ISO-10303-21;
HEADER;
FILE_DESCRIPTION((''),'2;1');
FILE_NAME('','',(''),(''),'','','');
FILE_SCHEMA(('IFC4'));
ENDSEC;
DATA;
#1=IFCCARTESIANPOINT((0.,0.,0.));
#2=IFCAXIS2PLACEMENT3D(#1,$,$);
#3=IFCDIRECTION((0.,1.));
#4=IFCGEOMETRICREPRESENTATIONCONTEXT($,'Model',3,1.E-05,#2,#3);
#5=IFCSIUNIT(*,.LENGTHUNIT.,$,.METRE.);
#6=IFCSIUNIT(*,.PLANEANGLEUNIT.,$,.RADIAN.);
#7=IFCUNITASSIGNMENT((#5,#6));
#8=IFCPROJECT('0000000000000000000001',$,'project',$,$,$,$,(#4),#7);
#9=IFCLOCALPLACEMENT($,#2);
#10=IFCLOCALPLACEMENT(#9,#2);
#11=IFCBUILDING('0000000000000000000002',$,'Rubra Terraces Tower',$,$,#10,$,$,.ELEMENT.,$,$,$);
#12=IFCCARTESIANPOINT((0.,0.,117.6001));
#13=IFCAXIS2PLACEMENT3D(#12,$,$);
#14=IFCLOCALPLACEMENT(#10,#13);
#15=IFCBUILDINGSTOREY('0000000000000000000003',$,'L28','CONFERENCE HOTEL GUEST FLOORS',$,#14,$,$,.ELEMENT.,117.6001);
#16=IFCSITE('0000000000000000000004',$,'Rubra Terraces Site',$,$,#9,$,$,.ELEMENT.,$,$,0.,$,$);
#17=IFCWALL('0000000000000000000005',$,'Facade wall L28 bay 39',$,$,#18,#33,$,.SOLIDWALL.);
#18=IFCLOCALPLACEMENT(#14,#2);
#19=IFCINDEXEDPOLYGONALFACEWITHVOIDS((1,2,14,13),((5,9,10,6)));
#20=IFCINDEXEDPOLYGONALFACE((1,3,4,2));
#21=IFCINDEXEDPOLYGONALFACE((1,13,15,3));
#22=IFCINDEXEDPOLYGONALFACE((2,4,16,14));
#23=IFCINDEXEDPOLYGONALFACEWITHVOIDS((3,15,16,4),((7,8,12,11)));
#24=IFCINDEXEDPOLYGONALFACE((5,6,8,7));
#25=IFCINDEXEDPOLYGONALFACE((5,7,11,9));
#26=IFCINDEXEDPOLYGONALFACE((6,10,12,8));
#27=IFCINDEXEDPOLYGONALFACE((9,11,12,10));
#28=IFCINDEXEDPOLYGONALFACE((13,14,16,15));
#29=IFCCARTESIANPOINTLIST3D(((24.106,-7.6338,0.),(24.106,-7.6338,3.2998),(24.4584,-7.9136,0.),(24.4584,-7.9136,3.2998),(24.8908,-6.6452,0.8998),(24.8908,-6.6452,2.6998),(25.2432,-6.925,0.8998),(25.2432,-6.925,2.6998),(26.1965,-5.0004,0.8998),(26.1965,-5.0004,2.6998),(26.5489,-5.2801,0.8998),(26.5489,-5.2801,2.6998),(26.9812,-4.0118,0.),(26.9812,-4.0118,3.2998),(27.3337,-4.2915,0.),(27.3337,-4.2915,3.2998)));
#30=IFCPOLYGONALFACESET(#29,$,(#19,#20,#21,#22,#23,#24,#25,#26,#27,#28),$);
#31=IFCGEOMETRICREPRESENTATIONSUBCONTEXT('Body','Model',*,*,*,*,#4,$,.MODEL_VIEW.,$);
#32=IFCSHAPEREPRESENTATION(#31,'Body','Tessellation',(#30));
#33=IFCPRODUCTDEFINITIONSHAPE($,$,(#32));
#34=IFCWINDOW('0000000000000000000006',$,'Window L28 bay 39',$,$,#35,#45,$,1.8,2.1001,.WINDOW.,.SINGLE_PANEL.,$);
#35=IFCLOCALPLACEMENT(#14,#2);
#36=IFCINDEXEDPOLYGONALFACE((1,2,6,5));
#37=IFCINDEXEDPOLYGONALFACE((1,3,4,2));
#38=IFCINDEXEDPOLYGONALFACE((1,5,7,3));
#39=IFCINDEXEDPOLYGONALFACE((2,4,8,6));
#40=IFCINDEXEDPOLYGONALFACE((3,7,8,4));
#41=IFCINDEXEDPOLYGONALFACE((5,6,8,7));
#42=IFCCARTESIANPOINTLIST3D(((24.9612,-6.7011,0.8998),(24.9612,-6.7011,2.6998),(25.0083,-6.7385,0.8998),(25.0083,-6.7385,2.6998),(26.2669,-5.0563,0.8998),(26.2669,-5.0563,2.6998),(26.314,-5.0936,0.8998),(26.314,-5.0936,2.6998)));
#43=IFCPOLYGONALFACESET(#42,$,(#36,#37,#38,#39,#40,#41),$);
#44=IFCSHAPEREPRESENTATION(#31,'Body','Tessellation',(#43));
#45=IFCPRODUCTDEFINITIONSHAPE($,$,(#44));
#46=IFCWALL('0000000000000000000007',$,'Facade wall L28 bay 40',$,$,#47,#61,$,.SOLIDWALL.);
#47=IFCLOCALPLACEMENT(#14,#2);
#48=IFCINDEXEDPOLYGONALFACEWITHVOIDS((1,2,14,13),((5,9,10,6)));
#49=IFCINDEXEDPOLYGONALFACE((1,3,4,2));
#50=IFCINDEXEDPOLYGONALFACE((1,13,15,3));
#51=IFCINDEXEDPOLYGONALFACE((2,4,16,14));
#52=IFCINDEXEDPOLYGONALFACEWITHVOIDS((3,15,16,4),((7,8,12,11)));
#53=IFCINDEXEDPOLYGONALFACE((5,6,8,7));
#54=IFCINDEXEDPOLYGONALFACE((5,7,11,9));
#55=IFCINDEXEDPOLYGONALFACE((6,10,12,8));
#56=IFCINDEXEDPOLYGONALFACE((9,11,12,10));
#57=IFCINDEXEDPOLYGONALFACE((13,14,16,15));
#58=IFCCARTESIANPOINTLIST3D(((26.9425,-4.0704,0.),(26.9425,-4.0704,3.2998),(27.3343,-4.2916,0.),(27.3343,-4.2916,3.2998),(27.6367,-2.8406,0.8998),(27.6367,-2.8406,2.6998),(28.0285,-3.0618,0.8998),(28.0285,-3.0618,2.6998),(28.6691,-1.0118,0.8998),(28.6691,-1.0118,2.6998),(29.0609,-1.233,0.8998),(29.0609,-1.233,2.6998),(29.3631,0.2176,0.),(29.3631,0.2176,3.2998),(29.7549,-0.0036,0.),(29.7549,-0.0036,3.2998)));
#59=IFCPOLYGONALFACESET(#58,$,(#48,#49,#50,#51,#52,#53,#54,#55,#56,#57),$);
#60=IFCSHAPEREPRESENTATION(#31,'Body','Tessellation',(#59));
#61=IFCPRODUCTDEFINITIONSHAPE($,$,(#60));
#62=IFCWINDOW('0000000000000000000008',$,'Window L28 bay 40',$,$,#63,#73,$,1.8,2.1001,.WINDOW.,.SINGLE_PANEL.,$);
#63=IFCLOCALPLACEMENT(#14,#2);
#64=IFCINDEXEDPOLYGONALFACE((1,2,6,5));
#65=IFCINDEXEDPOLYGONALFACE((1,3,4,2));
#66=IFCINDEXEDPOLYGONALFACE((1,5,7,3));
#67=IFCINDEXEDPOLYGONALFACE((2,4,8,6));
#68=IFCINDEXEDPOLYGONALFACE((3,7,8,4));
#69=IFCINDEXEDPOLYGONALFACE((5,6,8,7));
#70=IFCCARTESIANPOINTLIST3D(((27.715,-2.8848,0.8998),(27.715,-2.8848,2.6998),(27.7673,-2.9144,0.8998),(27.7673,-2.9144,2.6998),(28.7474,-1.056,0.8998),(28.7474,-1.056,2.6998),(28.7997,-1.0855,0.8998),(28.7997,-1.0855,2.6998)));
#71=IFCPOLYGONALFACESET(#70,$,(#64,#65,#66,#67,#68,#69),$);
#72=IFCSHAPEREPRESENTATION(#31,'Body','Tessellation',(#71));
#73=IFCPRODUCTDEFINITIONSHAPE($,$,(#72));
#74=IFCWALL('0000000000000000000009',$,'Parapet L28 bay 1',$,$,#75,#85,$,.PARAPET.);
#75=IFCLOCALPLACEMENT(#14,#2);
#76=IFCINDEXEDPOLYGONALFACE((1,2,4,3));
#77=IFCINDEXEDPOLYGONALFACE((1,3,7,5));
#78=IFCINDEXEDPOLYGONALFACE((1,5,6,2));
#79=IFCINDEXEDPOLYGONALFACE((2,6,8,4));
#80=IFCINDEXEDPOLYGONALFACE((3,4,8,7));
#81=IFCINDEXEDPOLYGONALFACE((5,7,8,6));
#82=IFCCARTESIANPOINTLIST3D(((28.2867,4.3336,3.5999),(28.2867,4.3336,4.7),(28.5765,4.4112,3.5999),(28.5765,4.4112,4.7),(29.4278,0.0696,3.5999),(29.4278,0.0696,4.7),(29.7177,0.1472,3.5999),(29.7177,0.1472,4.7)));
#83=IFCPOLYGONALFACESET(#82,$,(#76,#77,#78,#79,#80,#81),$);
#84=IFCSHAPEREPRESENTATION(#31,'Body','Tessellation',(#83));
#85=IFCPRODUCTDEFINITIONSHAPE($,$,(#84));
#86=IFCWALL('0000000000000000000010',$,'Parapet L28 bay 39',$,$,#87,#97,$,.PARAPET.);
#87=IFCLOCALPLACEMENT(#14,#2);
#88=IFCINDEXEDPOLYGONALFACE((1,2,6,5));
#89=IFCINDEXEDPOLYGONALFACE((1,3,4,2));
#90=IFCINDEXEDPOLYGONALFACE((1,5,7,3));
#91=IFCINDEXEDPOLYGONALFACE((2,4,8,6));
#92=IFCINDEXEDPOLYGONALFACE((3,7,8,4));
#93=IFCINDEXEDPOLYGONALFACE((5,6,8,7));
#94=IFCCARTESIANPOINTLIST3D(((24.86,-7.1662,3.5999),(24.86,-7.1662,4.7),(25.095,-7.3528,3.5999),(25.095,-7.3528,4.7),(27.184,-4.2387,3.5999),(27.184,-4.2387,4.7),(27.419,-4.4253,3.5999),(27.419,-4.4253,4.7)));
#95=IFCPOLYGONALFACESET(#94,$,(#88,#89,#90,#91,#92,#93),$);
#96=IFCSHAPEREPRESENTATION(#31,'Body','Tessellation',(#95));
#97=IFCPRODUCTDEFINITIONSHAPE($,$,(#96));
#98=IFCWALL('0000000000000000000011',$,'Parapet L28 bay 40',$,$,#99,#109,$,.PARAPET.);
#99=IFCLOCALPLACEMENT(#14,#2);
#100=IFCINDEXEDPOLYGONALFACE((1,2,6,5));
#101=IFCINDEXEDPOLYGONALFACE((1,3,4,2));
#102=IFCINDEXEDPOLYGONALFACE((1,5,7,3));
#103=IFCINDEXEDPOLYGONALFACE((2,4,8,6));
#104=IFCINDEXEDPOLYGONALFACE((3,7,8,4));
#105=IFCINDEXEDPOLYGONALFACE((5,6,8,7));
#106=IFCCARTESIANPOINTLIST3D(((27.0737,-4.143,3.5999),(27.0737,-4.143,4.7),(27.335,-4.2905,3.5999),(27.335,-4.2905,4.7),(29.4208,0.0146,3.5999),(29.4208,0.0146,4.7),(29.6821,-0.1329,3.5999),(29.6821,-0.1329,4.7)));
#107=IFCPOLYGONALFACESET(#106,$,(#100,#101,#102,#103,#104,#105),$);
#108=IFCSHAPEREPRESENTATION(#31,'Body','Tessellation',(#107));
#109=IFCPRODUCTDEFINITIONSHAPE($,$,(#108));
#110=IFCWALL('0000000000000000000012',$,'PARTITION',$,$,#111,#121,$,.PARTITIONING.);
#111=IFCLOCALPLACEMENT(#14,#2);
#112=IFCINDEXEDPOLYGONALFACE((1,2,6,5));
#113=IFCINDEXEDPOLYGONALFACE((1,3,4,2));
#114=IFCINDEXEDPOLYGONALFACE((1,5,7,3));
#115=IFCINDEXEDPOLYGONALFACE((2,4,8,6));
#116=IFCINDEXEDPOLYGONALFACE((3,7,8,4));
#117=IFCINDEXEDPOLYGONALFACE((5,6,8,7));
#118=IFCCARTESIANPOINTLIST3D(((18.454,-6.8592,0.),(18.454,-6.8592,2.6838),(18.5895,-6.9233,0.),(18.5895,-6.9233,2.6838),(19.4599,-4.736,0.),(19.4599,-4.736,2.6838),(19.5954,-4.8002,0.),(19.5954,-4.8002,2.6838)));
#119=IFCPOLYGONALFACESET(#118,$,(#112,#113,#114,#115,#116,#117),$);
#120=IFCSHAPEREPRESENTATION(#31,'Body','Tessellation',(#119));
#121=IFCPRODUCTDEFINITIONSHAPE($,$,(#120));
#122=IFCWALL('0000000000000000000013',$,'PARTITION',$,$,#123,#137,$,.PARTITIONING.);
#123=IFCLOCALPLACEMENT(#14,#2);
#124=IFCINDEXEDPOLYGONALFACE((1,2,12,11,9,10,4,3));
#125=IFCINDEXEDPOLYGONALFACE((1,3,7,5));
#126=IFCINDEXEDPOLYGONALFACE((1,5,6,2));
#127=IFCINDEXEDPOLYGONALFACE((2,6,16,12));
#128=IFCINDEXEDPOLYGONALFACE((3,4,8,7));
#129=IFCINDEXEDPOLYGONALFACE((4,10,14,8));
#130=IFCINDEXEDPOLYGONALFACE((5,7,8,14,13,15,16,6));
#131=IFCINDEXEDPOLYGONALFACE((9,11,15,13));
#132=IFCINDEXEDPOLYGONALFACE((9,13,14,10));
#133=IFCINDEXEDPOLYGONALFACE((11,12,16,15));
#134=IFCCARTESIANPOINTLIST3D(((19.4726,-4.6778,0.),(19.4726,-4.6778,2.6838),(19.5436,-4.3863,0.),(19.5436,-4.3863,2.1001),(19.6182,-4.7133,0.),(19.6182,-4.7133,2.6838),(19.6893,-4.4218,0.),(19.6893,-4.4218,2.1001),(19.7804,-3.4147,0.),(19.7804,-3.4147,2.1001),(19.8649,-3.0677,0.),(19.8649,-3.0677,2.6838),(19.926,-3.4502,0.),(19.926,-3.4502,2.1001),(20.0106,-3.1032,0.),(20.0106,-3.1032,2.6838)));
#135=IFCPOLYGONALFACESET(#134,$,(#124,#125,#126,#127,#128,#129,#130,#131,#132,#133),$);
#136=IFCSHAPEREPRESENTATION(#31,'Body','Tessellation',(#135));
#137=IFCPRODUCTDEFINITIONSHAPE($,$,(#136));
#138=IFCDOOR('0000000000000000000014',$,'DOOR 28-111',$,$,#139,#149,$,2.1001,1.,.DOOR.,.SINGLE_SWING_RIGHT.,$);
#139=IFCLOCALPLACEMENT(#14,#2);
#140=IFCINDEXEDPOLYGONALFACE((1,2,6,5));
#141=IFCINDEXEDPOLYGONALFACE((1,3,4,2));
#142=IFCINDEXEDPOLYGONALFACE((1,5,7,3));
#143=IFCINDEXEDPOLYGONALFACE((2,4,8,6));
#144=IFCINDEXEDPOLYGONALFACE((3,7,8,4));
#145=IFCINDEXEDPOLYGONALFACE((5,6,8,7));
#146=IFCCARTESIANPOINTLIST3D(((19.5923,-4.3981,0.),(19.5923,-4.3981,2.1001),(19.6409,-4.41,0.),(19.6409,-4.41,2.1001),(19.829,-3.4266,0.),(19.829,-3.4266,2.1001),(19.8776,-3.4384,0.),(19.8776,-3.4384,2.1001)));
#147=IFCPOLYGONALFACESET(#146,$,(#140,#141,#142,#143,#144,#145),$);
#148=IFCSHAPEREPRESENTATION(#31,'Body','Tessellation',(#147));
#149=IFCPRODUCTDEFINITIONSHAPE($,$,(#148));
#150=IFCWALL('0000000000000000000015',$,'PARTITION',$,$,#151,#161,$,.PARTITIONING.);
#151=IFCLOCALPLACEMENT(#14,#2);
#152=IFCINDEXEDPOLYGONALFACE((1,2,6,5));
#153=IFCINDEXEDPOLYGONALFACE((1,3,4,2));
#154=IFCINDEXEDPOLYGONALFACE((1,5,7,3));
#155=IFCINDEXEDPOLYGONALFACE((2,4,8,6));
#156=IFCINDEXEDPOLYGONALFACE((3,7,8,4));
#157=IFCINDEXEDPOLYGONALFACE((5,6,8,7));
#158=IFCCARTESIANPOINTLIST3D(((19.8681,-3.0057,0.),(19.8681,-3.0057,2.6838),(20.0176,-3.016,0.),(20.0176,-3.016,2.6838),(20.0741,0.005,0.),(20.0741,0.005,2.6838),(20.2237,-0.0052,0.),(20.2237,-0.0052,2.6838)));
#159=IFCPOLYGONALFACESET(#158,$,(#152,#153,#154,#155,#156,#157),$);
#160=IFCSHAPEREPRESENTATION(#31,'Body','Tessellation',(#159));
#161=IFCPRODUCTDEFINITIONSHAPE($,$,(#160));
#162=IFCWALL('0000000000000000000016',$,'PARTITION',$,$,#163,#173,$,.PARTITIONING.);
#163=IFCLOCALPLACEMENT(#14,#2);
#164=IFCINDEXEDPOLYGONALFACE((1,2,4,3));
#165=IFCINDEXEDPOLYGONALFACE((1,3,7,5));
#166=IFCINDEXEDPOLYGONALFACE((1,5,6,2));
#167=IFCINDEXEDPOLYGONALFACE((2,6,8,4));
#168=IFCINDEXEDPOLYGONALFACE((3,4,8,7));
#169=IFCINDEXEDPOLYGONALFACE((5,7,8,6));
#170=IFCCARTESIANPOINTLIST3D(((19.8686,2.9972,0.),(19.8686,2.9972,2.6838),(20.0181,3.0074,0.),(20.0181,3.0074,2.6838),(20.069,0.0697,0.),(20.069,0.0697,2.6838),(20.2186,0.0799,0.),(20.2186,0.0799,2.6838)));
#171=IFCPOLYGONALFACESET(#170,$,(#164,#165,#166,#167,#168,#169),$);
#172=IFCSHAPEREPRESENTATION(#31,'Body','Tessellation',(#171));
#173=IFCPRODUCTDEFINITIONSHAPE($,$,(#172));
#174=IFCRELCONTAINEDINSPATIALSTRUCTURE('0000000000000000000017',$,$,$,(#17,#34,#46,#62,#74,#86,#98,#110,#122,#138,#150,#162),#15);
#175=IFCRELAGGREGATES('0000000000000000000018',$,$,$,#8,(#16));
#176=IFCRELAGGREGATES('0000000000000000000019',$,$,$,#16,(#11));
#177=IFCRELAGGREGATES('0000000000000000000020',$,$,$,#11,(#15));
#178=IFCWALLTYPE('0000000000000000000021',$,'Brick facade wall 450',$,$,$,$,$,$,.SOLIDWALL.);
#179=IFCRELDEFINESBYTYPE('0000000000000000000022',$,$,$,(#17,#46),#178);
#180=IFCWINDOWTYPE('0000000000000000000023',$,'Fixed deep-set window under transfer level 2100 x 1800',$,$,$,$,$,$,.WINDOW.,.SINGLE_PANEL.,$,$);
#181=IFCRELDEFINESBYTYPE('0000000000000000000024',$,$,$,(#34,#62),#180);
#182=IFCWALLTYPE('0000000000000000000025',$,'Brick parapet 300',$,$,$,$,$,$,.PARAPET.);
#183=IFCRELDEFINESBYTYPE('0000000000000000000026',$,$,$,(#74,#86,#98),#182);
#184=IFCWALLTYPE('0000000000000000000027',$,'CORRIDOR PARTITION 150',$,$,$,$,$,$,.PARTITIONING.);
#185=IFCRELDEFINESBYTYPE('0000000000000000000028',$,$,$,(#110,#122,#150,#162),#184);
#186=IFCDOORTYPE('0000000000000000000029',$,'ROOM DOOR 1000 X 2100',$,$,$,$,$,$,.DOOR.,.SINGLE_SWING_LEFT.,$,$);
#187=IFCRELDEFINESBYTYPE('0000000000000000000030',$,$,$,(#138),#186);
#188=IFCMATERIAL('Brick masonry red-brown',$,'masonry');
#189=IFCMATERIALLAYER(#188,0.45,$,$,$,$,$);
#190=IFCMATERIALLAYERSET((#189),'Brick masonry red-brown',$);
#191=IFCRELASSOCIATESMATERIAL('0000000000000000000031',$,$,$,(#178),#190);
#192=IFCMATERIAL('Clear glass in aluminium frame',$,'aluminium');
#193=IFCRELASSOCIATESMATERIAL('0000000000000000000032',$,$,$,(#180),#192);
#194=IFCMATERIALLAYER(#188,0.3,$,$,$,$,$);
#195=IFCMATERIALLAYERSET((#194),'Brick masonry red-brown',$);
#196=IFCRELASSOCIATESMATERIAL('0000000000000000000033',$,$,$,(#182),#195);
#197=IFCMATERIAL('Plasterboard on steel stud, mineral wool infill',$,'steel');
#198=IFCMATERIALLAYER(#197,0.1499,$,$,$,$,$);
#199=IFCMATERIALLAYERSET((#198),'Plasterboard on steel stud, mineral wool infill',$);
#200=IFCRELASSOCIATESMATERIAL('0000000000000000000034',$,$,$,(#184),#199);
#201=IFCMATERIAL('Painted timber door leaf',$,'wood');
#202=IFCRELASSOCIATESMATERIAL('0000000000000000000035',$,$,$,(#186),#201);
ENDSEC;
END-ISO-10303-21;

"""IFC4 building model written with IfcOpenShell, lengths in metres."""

from ifc_helpers import new_model, si_unit, direction, frame, frame_2d, origin, place, context, subcontext, project, spatial, rectangle, extrude, material, layer, layer_set, type_object, element, fill, save


model = new_model("IFC4")

# Units and contexts
model_context = context("Model", 3, precision=1e-05, world=origin(), true_north=direction((0.0, 1.0)))
body_context = subcontext(model_context, "Body", "Model", "MODEL_VIEW")
ifc_project = project(units=[si_unit("LENGTHUNIT", "METRE"), si_unit("PLANEANGLEUNIT", "RADIAN")], contexts=[model_context])

# Site, building, storey
site_placement = place(None, origin())
site = spatial("IfcSite", under=ifc_project, at=site_placement, Name="Rubra Terraces Site", CompositionType="ELEMENT", RefElevation=0.0)
building_placement = place(site_placement, origin())
building = spatial("IfcBuilding", under=site, at=building_placement, Name="Rubra Terraces Tower", CompositionType="ELEMENT")
storey_placement = place(building_placement, frame((0.0, 0.0, 117.6001)))
storey = spatial("IfcBuildingStorey", under=building, at=storey_placement, Name="L28", Description="CONFERENCE HOTEL GUEST FLOORS", CompositionType="ELEMENT", Elevation=117.6001)

# Walls, openings, windows
ifc_material_1 = material(Name="Brick masonry red-brown", Category="masonry")
ifc_layer_1 = layer(ifc_material_1, 0.45)
ifc_layer_set_1 = layer_set([ifc_layer_1], Name="Brick masonry red-brown")
wall_type_1 = type_object("IfcWallType", Name="Brick facade wall 450", PredefinedType="SOLIDWALL", material=ifc_layer_set_1)
ifc_material_2 = material(Name="Clear glass in aluminium frame", Category="aluminium")
window_type = type_object("IfcWindowType", Name="Fixed deep-set window under transfer level 2100 x 1800", PartitioningType="SINGLE_PANEL", PredefinedType="WINDOW", material=ifc_material_2)
wall_1_placement = place(storey_placement, frame((24.2822, -7.7737, 0.0), z_axis=(0.0, 0.0, 1.0), x_axis=(0.621735, 0.783227, 0.0)))
wall_1 = element("IfcWall", 1, at=wall_1_placement, inside=storey, type_object=wall_type_1, Name="Facade wall L28 bay 39", PredefinedType="SOLIDWALL", context=body_context, shape_type="SweptSolid", body=[
    extrude(rectangle(XDim=4.6245, YDim=0.45, at=frame_2d((2.3123, 0.0))), origin(), (0.0, 0.0, 1.0), 3.2998),
])
opening_1_placement = place(wall_1_placement, frame((1.2622, 0.0, 0.8999)))
opening_1 = element("IfcOpeningElement", 2, at=opening_1_placement, cuts=wall_1, PredefinedType="OPENING", context=body_context, shape_type="SweptSolid", body=[
    extrude(rectangle(XDim=2.1001, YDim=1.8, at=frame_2d((1.05, 0.8999))), frame((0.0, 0.2349, 0.0), z_axis=(0.0, -1.0, 0.0), x_axis=(1.0, 0.0, 0.0)), (0.0, 0.0, 1.0), 0.47),
])
window_1_placement = place(opening_1_placement, origin())
window_1 = element("IfcWindow", 3, at=window_1_placement, inside=storey, type_object=window_type, Name="Window L28 bay 39", OverallHeight=1.8, OverallWidth=2.1001, PartitioningType="SINGLE_PANEL", PredefinedType="WINDOW", context=body_context, shape_type="SweptSolid", body=[
    extrude(rectangle(XDim=2.1001, YDim=1.8, at=frame_2d((1.05, 0.8999))), frame((0.0, 0.135, 0.0), z_axis=(0.0, -1.0, 0.0), x_axis=(1.0, 0.0, 0.0)), (0.0, 0.0, 1.0), 0.0601),
])
fill(opening_1, window_1)
wall_2_placement = place(storey_placement, frame((27.1384, -4.1809, 0.0), z_axis=(0.0, 0.0, 1.0), x_axis=(0.491588, 0.870828, 0.0)))
wall_2 = element("IfcWall", 4, at=wall_2_placement, inside=storey, type_object=wall_type_1, Name="Facade wall L28 bay 40", PredefinedType="SOLIDWALL", context=body_context, shape_type="SweptSolid", body=[
    extrude(rectangle(XDim=4.9241, YDim=0.45, at=frame_2d((2.4619, 0.0))), origin(), (0.0, 0.0, 1.0), 3.2998),
])
opening_2_placement = place(wall_2_placement, frame((1.4121, 0.0, 0.8999)))
opening_2 = element("IfcOpeningElement", 5, at=opening_2_placement, cuts=wall_2, PredefinedType="OPENING", context=body_context, shape_type="SweptSolid", body=[
    extrude(rectangle(XDim=2.1001, YDim=1.8, at=frame_2d((1.05, 0.8999))), frame((0.0, 0.2349, 0.0), z_axis=(0.0, -1.0, 0.0), x_axis=(1.0, 0.0, 0.0)), (0.0, 0.0, 1.0), 0.47),
])
window_2_placement = place(opening_2_placement, origin())
window_2 = element("IfcWindow", 6, at=window_2_placement, inside=storey, type_object=window_type, Name="Window L28 bay 40", OverallHeight=1.8, OverallWidth=2.1001, PartitioningType="SINGLE_PANEL", PredefinedType="WINDOW", context=body_context, shape_type="SweptSolid", body=[
    extrude(rectangle(XDim=2.1001, YDim=1.8, at=frame_2d((1.05, 0.8999))), frame((0.0, 0.135, 0.0), z_axis=(0.0, -1.0, 0.0), x_axis=(1.0, 0.0, 0.0)), (0.0, 0.0, 1.0), 0.0601),
])
fill(opening_2, window_2)

# Walls
ifc_layer_2 = layer(ifc_material_1, 0.3)
ifc_layer_set_2 = layer_set([ifc_layer_2], Name="Brick masonry red-brown")
wall_type_2 = type_object("IfcWallType", Name="Brick parapet 300", PredefinedType="PARAPET", material=ifc_layer_set_2)
wall_3_placement = place(storey_placement, frame((29.5728, 0.1084, 3.5999), z_axis=(0.0, 0.0, 1.0), x_axis=(-0.258523, 0.966005, 0.0)))
element("IfcWall", 7, at=wall_3_placement, inside=storey, type_object=wall_type_2, Name="Parapet L28 bay 1", PredefinedType="PARAPET", context=body_context, shape_type="SweptSolid", body=[
    extrude(rectangle(XDim=4.4141, YDim=0.3, at=frame_2d((2.207, 0.0))), origin(), (0.0, 0.0, 1.0), 1.1001),
])
wall_4_placement = place(storey_placement, frame((24.9775, -7.2595, 3.5999), z_axis=(0.0, 0.0, 1.0), x_axis=(0.621751, 0.783215, 0.0)))
element("IfcWall", 8, at=wall_4_placement, inside=storey, type_object=wall_type_2, Name="Parapet L28 bay 39", PredefinedType="PARAPET", context=body_context, shape_type="SweptSolid", body=[
    extrude(rectangle(XDim=3.7378, YDim=0.3, at=frame_2d((1.8689, 0.0))), origin(), (0.0, 0.0, 1.0), 1.1001),
])
wall_5_placement = place(storey_placement, frame((27.2043, -4.2168, 3.5999), z_axis=(0.0, 0.0, 1.0), x_axis=(0.491606, 0.870818, 0.0)))
element("IfcWall", 9, at=wall_5_placement, inside=storey, type_object=wall_type_2, Name="Parapet L28 bay 40", PredefinedType="PARAPET", context=body_context, shape_type="SweptSolid", body=[
    extrude(rectangle(XDim=4.7744, YDim=0.3, at=frame_2d((2.3872, 0.0))), origin(), (0.0, 0.0, 1.0), 1.1001),
])
ifc_material_3 = material(Name="Plasterboard on steel stud, mineral wool infill", Category="steel")
ifc_layer_3 = layer(ifc_material_3, 0.1499)
ifc_layer_set_3 = layer_set([ifc_layer_3], Name="Plasterboard on steel stud, mineral wool infill")
wall_type_3 = type_object("IfcWallType", Name="CORRIDOR PARTITION 150", PredefinedType="PARTITIONING", material=ifc_layer_set_3)
wall_6_placement = place(storey_placement, frame((18.5217, -6.8914, 0.0), z_axis=(0.0, 0.0, 1.0), x_axis=(0.428158, 0.903704, 0.0)))
element("IfcWall", 10, at=wall_6_placement, inside=storey, type_object=wall_type_3, Name="PARTITION", PredefinedType="PARTITIONING", context=body_context, shape_type="SweptSolid", body=[
    extrude(rectangle(XDim=2.3494, YDim=0.1499, at=frame_2d((1.1748, 0.0))), origin(), (0.0, 0.0, 1.0), 2.6838),
])

# Wall, opening, door
wall_7_placement = place(storey_placement, frame((19.5454, -4.6956, 0.0), z_axis=(0.0, 0.0, 1.0), x_axis=(0.236743, 0.971572, 0.0)))
wall_7 = element("IfcWall", 11, at=wall_7_placement, inside=storey, type_object=wall_type_3, Name="PARTITION", PredefinedType="PARTITIONING", context=body_context, shape_type="SweptSolid", body=[
    extrude(rectangle(XDim=1.6572, YDim=0.1499, at=frame_2d((0.8286, 0.0))), origin(), (0.0, 0.0, 1.0), 2.6838),
])
opening_3_placement = place(wall_7_placement, frame((0.3, 0.0, 0.0)))
opening_3 = element("IfcOpeningElement", 12, at=opening_3_placement, cuts=wall_7, PredefinedType="OPENING", context=body_context, shape_type="SweptSolid", body=[
    extrude(rectangle(XDim=1.0, YDim=2.1001, at=frame_2d((0.5, 1.05))), frame((0.0, 0.085, 0.0), z_axis=(0.0, -1.0, 0.0), x_axis=(1.0, 0.0, 0.0)), (0.0, 0.0, 1.0), 0.1699),
])
ifc_material_4 = material(Name="Painted timber door leaf", Category="wood")
door_type_1 = type_object("IfcDoorType", Name="ROOM DOOR 1000 X 2100", OperationType="SINGLE_SWING_LEFT", PredefinedType="DOOR", material=ifc_material_4)
door_1_placement = place(opening_3_placement, origin())
door_1 = element("IfcDoor", 13, at=door_1_placement, inside=storey, type_object=door_type_1, Name="DOOR 28-111", OperationType="SINGLE_SWING_RIGHT", OverallHeight=2.1001, OverallWidth=1.0, PredefinedType="DOOR", context=body_context, shape_type="SweptSolid", body=[
    extrude(rectangle(XDim=1.0, YDim=2.1001, at=frame_2d((0.5, 1.05))), frame((0.0, 0.0249, 0.0), z_axis=(0.0, -1.0, 0.0), x_axis=(1.0, 0.0, 0.0)), (0.0, 0.0, 1.0), 0.05),
])
fill(opening_3, door_1)

# Walls
wall_8_placement = place(storey_placement, frame((19.9429, -3.0107, 0.0), z_axis=(0.0, 0.0, 1.0), x_axis=(0.06828, 0.997666, 0.0)))
element("IfcWall", 14, at=wall_8_placement, inside=storey, type_object=wall_type_3, Name="PARTITION", PredefinedType="PARTITIONING", context=body_context, shape_type="SweptSolid", body=[
    extrude(rectangle(XDim=3.0178, YDim=0.1499, at=frame_2d((1.5088, 0.0))), origin(), (0.0, 0.0, 1.0), 2.6838),
])
wall_9_placement = place(storey_placement, frame((20.1438, 0.0747, 0.0), z_axis=(0.0, 0.0, 1.0), x_axis=(-0.068308, 0.997664, 0.0)))
element("IfcWall", 15, at=wall_9_placement, inside=storey, type_object=wall_type_3, Name="PARTITION", PredefinedType="PARTITIONING", context=body_context, shape_type="SweptSolid", body=[
    extrude(rectangle(XDim=2.9343, YDim=0.1499, at=frame_2d((1.4673, 0.0))), origin(), (0.0, 0.0, 1.0), 2.6838),
])

save(model, "model.ifc")
